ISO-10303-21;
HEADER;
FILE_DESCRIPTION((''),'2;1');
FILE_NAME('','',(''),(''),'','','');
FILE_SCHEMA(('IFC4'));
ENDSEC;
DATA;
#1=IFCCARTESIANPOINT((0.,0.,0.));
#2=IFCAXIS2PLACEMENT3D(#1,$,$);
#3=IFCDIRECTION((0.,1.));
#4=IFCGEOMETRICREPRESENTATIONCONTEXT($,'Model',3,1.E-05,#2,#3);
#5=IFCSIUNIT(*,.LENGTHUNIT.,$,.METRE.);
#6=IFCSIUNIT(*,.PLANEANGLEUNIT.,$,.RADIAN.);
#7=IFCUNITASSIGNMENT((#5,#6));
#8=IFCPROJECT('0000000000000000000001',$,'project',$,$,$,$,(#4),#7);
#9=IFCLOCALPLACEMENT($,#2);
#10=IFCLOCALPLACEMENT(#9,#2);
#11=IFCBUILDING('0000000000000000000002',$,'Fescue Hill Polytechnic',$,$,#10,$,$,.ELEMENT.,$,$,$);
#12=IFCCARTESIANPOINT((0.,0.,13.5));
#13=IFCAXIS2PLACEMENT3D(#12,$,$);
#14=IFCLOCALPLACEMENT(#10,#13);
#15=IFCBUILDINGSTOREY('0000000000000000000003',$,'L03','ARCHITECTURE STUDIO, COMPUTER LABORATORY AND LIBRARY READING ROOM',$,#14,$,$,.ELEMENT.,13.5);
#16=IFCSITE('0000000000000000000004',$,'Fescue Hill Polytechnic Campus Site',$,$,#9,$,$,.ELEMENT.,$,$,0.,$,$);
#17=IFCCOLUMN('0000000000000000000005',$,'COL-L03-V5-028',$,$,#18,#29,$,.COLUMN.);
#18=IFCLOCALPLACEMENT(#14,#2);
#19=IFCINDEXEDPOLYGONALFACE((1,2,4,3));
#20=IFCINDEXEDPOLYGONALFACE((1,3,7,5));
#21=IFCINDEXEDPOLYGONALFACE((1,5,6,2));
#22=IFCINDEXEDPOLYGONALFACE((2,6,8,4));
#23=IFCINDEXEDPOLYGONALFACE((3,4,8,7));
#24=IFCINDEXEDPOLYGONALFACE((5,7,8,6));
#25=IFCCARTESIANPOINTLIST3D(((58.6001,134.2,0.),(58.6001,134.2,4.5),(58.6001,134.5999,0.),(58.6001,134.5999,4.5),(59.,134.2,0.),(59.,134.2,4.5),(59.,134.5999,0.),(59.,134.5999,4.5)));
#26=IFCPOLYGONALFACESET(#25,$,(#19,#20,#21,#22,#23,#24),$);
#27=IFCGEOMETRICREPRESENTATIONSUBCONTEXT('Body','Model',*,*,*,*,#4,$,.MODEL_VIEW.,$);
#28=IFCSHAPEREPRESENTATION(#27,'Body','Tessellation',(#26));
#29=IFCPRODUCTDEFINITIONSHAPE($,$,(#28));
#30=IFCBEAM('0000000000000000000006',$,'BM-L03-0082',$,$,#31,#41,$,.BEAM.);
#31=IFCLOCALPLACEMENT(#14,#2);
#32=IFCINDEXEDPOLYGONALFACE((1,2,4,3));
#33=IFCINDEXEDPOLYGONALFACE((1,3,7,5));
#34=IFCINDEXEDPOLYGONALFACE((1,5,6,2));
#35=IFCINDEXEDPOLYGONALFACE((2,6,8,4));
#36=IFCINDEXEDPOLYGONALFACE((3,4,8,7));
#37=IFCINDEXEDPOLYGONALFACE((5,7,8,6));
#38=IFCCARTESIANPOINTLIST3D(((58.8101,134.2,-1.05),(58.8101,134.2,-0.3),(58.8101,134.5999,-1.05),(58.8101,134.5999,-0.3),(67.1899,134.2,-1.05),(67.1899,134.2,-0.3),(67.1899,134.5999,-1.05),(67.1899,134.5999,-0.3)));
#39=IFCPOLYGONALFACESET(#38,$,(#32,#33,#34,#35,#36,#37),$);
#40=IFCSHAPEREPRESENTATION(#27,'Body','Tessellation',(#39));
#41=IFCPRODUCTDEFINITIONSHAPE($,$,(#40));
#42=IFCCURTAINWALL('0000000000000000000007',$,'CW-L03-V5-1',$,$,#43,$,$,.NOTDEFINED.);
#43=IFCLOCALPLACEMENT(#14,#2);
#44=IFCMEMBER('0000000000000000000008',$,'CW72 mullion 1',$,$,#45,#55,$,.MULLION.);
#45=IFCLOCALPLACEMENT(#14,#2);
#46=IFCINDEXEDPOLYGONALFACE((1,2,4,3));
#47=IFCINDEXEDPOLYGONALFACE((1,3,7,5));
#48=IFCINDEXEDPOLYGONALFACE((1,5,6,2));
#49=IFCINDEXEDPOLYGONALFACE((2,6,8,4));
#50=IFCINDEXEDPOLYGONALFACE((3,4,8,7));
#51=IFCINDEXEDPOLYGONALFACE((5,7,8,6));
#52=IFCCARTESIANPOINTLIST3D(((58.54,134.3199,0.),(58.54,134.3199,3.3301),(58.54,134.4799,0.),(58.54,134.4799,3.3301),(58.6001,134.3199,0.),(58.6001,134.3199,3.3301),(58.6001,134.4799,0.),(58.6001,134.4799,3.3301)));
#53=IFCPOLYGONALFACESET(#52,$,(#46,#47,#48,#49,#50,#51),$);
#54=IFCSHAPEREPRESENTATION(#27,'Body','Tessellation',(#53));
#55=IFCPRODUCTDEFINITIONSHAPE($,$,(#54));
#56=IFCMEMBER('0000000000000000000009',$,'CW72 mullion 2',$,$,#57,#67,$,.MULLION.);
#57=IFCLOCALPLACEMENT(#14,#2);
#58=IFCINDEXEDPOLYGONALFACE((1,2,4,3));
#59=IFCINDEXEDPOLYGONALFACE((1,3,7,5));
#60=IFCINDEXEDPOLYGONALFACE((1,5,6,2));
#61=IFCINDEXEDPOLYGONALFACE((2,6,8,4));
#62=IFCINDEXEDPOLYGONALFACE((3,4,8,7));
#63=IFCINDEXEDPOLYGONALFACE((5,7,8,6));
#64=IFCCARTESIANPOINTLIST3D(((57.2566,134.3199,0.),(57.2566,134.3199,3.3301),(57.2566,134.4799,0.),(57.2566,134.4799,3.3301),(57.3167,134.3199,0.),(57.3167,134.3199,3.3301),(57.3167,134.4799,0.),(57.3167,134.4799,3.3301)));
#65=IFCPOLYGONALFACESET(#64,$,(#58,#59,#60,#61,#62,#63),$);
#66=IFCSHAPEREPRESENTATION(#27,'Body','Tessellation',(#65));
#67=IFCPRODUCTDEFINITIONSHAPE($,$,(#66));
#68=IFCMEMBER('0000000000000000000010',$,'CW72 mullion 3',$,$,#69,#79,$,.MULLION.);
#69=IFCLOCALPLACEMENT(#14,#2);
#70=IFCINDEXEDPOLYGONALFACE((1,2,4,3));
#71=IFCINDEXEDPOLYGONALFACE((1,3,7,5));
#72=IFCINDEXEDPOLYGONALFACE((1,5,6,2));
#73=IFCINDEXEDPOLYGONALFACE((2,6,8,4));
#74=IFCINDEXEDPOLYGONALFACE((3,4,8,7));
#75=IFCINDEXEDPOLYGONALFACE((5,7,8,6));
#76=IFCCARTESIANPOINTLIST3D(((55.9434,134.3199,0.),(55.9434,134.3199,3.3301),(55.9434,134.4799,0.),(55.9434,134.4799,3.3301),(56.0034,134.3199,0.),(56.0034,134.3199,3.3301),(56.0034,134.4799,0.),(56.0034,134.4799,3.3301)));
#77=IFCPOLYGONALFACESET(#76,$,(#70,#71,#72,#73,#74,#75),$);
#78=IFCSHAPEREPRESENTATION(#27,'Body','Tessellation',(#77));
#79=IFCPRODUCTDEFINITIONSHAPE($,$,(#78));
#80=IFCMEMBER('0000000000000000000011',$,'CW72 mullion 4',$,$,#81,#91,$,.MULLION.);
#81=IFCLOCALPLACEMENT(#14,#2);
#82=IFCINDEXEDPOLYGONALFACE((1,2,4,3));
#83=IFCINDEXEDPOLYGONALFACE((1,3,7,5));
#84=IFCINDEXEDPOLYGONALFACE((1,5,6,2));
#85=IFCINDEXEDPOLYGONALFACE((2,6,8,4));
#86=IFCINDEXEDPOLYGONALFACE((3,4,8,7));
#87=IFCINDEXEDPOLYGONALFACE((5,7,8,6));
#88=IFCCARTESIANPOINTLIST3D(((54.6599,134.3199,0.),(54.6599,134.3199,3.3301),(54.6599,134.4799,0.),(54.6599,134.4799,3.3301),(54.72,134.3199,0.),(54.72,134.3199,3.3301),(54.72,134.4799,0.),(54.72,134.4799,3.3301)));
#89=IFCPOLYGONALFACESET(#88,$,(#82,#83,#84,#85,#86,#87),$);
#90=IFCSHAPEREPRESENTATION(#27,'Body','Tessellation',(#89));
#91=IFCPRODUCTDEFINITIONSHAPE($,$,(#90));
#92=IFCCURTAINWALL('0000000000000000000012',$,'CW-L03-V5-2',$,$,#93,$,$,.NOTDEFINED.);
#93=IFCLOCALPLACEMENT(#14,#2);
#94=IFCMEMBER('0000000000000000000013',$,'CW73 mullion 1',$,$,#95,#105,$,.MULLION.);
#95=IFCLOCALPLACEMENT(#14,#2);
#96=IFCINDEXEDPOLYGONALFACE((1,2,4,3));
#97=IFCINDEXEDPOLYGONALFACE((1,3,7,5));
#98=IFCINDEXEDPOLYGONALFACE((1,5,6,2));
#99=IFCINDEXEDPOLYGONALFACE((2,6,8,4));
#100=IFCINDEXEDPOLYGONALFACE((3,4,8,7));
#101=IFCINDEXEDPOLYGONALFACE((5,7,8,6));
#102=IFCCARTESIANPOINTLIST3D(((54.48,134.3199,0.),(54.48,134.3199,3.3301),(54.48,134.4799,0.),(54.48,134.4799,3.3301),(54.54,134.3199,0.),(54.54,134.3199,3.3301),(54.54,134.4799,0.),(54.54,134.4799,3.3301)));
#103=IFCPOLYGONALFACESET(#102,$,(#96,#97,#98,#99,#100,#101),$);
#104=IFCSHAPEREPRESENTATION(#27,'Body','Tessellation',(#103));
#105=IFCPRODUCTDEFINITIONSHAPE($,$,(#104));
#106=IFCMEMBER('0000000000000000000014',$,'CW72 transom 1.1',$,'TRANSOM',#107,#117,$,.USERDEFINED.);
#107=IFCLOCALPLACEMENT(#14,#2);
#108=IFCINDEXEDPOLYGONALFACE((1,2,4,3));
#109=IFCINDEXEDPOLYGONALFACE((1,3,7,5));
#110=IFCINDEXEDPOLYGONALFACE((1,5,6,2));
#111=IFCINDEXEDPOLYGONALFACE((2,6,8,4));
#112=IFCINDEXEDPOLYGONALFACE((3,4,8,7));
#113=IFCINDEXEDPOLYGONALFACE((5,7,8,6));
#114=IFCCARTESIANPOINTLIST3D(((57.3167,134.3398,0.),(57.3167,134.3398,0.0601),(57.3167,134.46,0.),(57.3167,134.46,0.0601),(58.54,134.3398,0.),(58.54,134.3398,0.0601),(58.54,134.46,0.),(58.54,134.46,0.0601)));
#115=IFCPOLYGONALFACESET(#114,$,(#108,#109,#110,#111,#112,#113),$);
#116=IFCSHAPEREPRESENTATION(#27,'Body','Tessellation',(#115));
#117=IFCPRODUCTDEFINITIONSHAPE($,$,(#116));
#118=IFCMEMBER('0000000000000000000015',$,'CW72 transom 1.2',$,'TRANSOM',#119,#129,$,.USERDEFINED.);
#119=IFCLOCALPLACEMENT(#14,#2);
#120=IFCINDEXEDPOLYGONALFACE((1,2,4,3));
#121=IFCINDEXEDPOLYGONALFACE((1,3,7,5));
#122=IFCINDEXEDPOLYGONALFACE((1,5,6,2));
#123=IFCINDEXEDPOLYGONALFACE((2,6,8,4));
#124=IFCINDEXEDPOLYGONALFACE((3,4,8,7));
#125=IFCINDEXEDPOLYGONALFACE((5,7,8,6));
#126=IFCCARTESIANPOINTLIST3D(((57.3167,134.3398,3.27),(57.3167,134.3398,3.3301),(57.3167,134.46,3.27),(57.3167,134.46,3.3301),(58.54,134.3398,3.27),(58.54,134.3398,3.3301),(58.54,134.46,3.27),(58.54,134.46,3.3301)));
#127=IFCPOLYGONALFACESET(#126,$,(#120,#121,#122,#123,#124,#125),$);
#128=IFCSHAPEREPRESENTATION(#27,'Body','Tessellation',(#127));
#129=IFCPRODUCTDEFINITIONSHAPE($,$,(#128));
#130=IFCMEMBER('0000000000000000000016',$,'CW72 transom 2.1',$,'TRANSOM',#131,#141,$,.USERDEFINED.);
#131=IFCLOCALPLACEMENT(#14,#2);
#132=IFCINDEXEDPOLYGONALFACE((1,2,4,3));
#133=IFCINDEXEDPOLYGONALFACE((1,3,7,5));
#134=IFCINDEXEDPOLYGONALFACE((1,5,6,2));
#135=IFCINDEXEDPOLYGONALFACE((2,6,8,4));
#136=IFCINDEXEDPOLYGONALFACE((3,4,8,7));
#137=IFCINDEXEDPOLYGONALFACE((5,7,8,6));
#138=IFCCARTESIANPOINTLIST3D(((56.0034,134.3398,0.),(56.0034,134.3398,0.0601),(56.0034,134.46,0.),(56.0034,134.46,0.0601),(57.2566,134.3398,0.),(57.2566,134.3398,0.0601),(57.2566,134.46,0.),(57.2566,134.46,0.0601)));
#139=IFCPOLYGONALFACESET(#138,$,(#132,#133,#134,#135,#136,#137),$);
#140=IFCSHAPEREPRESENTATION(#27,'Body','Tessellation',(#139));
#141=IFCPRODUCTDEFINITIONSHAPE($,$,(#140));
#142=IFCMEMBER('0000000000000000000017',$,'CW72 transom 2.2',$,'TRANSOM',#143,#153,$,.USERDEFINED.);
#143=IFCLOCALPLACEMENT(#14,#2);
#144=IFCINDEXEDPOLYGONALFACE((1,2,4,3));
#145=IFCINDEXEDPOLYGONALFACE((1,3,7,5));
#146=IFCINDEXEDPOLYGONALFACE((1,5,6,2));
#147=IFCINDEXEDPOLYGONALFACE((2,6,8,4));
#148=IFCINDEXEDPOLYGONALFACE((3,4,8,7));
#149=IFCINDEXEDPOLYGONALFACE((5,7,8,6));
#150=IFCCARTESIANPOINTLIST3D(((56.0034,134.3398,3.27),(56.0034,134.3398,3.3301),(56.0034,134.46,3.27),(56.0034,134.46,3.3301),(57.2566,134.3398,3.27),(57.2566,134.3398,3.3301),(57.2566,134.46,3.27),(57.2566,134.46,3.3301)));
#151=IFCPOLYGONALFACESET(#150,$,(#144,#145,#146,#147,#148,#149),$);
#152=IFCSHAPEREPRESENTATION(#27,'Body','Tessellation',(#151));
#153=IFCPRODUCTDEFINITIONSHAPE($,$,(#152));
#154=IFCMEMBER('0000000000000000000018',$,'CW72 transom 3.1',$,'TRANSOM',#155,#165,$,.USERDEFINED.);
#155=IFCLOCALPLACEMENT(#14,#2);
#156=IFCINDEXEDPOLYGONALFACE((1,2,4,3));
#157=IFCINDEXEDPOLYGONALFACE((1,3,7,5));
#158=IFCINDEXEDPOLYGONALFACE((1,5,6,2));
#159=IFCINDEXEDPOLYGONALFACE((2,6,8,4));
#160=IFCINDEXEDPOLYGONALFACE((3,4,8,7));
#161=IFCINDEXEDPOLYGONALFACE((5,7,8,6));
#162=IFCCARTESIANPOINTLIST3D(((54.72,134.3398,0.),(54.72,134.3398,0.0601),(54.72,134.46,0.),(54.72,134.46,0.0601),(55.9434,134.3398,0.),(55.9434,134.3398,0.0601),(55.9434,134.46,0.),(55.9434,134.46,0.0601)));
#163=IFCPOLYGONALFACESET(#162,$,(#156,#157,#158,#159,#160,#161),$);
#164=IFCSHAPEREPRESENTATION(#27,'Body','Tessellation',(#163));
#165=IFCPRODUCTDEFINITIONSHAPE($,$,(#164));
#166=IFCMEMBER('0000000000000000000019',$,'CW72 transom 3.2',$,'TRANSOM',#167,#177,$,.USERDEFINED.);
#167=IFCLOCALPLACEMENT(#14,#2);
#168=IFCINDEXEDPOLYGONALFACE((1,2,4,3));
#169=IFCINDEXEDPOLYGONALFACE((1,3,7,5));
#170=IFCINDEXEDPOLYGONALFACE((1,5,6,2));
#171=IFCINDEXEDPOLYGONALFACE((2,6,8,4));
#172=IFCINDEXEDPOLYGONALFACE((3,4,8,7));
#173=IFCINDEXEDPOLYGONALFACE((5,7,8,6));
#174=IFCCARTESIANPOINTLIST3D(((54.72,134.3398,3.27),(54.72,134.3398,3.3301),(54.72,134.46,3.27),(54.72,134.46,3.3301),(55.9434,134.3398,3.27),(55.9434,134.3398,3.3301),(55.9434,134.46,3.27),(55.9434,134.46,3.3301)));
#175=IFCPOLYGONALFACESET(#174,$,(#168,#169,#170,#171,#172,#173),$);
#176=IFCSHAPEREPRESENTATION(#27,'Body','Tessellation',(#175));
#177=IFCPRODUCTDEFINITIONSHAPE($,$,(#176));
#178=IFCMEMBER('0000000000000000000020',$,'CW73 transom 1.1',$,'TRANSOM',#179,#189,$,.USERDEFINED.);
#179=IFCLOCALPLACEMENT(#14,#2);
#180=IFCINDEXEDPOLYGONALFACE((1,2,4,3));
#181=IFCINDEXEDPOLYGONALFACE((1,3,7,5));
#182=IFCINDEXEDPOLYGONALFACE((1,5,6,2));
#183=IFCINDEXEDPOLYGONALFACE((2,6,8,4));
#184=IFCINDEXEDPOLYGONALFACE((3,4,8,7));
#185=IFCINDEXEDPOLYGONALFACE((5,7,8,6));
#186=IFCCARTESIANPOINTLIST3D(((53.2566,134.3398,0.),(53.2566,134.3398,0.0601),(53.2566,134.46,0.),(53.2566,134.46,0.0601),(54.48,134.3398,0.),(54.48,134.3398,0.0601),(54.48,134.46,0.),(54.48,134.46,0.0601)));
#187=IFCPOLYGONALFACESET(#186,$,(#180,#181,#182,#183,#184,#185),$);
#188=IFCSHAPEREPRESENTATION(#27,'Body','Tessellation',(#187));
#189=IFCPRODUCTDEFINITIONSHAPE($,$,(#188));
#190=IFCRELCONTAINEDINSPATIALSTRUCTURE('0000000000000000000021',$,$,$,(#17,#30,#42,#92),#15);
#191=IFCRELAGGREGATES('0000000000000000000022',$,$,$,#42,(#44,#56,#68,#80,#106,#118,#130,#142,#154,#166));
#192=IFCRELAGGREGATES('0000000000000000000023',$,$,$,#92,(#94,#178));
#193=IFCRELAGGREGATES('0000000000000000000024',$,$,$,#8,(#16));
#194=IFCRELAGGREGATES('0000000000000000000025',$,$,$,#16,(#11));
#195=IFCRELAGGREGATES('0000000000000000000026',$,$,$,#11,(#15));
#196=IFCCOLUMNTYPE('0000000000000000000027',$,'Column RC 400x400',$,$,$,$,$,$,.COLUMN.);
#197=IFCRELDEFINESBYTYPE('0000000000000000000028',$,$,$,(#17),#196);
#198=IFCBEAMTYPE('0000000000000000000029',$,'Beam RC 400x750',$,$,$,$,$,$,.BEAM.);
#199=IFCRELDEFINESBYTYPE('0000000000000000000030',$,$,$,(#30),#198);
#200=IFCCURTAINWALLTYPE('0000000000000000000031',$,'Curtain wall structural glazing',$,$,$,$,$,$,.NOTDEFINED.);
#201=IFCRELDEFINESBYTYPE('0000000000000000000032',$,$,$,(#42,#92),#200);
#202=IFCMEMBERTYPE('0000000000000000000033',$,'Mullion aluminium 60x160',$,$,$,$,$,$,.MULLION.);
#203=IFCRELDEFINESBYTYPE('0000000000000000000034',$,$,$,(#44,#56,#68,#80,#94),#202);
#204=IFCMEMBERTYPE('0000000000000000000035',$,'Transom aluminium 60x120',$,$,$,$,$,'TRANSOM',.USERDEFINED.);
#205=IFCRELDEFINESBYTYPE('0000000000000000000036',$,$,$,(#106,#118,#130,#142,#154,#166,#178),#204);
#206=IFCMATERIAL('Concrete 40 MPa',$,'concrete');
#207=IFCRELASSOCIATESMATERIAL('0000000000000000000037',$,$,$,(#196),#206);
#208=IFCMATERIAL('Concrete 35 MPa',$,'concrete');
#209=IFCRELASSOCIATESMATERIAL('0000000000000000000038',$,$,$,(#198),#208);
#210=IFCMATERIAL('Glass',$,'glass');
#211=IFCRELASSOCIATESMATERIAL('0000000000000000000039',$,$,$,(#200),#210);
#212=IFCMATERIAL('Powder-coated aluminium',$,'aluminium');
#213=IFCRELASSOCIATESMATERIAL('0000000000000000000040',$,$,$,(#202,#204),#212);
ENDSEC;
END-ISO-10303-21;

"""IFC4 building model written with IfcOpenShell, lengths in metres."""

from ifc_helpers import new_model, si_unit, direction, frame, origin, origin_2d, place, context, subcontext, project, spatial, rectangle, extrude, material, material_profile, profile_set, type_object, element, aggregate, save


model = new_model("IFC4")

# Units and contexts
model_context = context("Model", 3, precision=1e-05, world=origin(), true_north=direction((0.0, 1.0)))
body_context = subcontext(model_context, "Body", "Model", "MODEL_VIEW")
ifc_project = project(units=[si_unit("LENGTHUNIT", "METRE"), si_unit("PLANEANGLEUNIT", "RADIAN")], contexts=[model_context])

# Site, building, storey
site_placement = place(None, origin())
site = spatial("IfcSite", under=ifc_project, at=site_placement, Name="Fescue Hill Polytechnic Campus Site", CompositionType="ELEMENT", RefElevation=0.0)
building_placement = place(site_placement, origin())
building = spatial("IfcBuilding", under=site, at=building_placement, Name="Fescue Hill Polytechnic", CompositionType="ELEMENT")
storey_placement = place(building_placement, frame((0.0, 0.0, 13.5)))
storey = spatial("IfcBuildingStorey", under=building, at=storey_placement, Name="L03", Description="ARCHITECTURE STUDIO, COMPUTER LABORATORY AND LIBRARY READING ROOM", CompositionType="ELEMENT", Elevation=13.5)

# Column
ifc_material_1 = material(Name="Concrete 40 MPa", Category="concrete")
ifc_material_profile_1 = material_profile(ifc_material_1, rectangle(XDim=0.3999, YDim=0.3999, at=origin_2d()), Name="RC 400x400")
ifc_profile_set_1 = profile_set([ifc_material_profile_1], Name="Concrete 40 MPa")
column_type = type_object("IfcColumnType", Name="Column RC 400x400", PredefinedType="COLUMN", material=ifc_profile_set_1)
column_placement = place(storey_placement, frame((58.8, 134.3999, 0.0), z_axis=(0.0, 0.0, 1.0), x_axis=(1.0, 0.0, 0.0)))
element("IfcColumn", 1, at=column_placement, inside=storey, type_object=column_type, Name="COL-L03-V5-028", PredefinedType="COLUMN", context=body_context, shape_type="SweptSolid", body=[
    extrude(rectangle(XDim=0.3999, YDim=0.3999, at=origin_2d()), origin(), (0.0, 0.0, 1.0), 4.5),
])

# Beam
ifc_material_2 = material(Name="Concrete 35 MPa", Category="concrete")
ifc_material_profile_2 = material_profile(ifc_material_2, rectangle(XDim=0.3999, YDim=0.75, at=origin_2d()), Name="RC 400x750")
ifc_profile_set_2 = profile_set([ifc_material_profile_2], Name="Concrete 35 MPa")
beam_type = type_object("IfcBeamType", Name="Beam RC 400x750", PredefinedType="BEAM", material=ifc_profile_set_2)
beam_placement = place(storey_placement, frame((58.8101, 134.3999, -0.675), z_axis=(1.0, 0.0, 0.0), x_axis=(0.0, 1.0, 0.0)))
element("IfcBeam", 2, at=beam_placement, inside=storey, type_object=beam_type, Name="BM-L03-0082", PredefinedType="BEAM", context=body_context, shape_type="SweptSolid", body=[
    extrude(rectangle(XDim=0.3999, YDim=0.75, at=origin_2d()), origin(), (0.0, 0.0, 1.0), 8.3799),
])

# Curtain wall, members
ifc_material_3 = material(Name="Glass", Category="glass")
curtain_wall_type = type_object("IfcCurtainWallType", Name="Curtain wall structural glazing", PredefinedType="NOTDEFINED", material=ifc_material_3)
curtain_wall_1_placement = place(storey_placement, origin())
curtain_wall_1 = element("IfcCurtainWall", 3, at=curtain_wall_1_placement, inside=storey, type_object=curtain_wall_type, Name="CW-L03-V5-1", PredefinedType="NOTDEFINED")
ifc_material_4 = material(Name="Powder-coated aluminium", Category="aluminium")
ifc_material_profile_3 = material_profile(ifc_material_4, rectangle(XDim=0.1599, YDim=0.0601, at=origin_2d()), Name="Mullion aluminium 60x160")
ifc_profile_set_3 = profile_set([ifc_material_profile_3], Name="Powder-coated aluminium")
member_type_1 = type_object("IfcMemberType", Name="Mullion aluminium 60x160", PredefinedType="MULLION", material=ifc_profile_set_3)
member_1_placement = place(storey_placement, frame((58.5701, 134.3999, 0.0), z_axis=(0.0, 0.0, 1.0), x_axis=(0.0, -1.0, 0.0)))
member_1 = element("IfcMember", 4, at=member_1_placement, type_object=member_type_1, Name="CW72 mullion 1", PredefinedType="MULLION", context=body_context, shape_type="SweptSolid", body=[
    extrude(rectangle(XDim=0.1599, YDim=0.0601, at=origin_2d()), origin(), (0.0, 0.0, 1.0), 3.3301),
])
member_2_placement = place(storey_placement, frame((57.2866, 134.3999, 0.0), z_axis=(0.0, 0.0, 1.0), x_axis=(0.0, -1.0, 0.0)))
member_2 = element("IfcMember", 5, at=member_2_placement, type_object=member_type_1, Name="CW72 mullion 2", PredefinedType="MULLION", context=body_context, shape_type="SweptSolid", body=[
    extrude(rectangle(XDim=0.1599, YDim=0.0601, at=origin_2d()), origin(), (0.0, 0.0, 1.0), 3.3301),
])
member_3_placement = place(storey_placement, frame((55.9734, 134.3999, 0.0), z_axis=(0.0, 0.0, 1.0), x_axis=(0.0, -1.0, 0.0)))
member_3 = element("IfcMember", 6, at=member_3_placement, type_object=member_type_1, Name="CW72 mullion 3", PredefinedType="MULLION", context=body_context, shape_type="SweptSolid", body=[
    extrude(rectangle(XDim=0.1599, YDim=0.0601, at=origin_2d()), origin(), (0.0, 0.0, 1.0), 3.3301),
])
member_4_placement = place(storey_placement, frame((54.6899, 134.3999, 0.0), z_axis=(0.0, 0.0, 1.0), x_axis=(0.0, -1.0, 0.0)))
member_4 = element("IfcMember", 7, at=member_4_placement, type_object=member_type_1, Name="CW72 mullion 4", PredefinedType="MULLION", context=body_context, shape_type="SweptSolid", body=[
    extrude(rectangle(XDim=0.1599, YDim=0.0601, at=origin_2d()), origin(), (0.0, 0.0, 1.0), 3.3301),
])

# Curtain wall, member
curtain_wall_2_placement = place(storey_placement, origin())
curtain_wall_2 = element("IfcCurtainWall", 8, at=curtain_wall_2_placement, inside=storey, type_object=curtain_wall_type, Name="CW-L03-V5-2", PredefinedType="NOTDEFINED")
member_5_placement = place(storey_placement, frame((54.51, 134.3999, 0.0), z_axis=(0.0, 0.0, 1.0), x_axis=(0.0, -1.0, 0.0)))
member_5 = element("IfcMember", 9, at=member_5_placement, type_object=member_type_1, Name="CW73 mullion 1", PredefinedType="MULLION", context=body_context, shape_type="SweptSolid", body=[
    extrude(rectangle(XDim=0.1599, YDim=0.0601, at=origin_2d()), origin(), (0.0, 0.0, 1.0), 3.3301),
])

# Members
ifc_material_profile_4 = material_profile(ifc_material_4, rectangle(XDim=0.1201, YDim=0.0601, at=origin_2d()), Name="Transom aluminium 60x120")
ifc_profile_set_4 = profile_set([ifc_material_profile_4], Name="Powder-coated aluminium")
member_type_2 = type_object("IfcMemberType", Name="Transom aluminium 60x120", ElementType="TRANSOM", PredefinedType="USERDEFINED", material=ifc_profile_set_4)
member_6_placement = place(storey_placement, frame((58.54, 134.3999, 0.03), z_axis=(-1.0, 0.0, 0.0), x_axis=(0.0, -1.0, 0.0)))
member_6 = element("IfcMember", 10, at=member_6_placement, type_object=member_type_2, Name="CW72 transom 1.1", ObjectType="TRANSOM", PredefinedType="USERDEFINED", context=body_context, shape_type="SweptSolid", body=[
    extrude(rectangle(XDim=0.1201, YDim=0.0601, at=origin_2d()), origin(), (0.0, 0.0, 1.0), 1.2234),
])
member_7_placement = place(storey_placement, frame((58.54, 134.3999, 3.3), z_axis=(-1.0, 0.0, 0.0), x_axis=(0.0, -1.0, 0.0)))
member_7 = element("IfcMember", 11, at=member_7_placement, type_object=member_type_2, Name="CW72 transom 1.2", ObjectType="TRANSOM", PredefinedType="USERDEFINED", context=body_context, shape_type="SweptSolid", body=[
    extrude(rectangle(XDim=0.1201, YDim=0.0601, at=origin_2d()), origin(), (0.0, 0.0, 1.0), 1.2234),
])
member_8_placement = place(storey_placement, frame((57.2566, 134.3999, 0.03), z_axis=(-1.0, 0.0, 0.0), x_axis=(0.0, -1.0, 0.0)))
member_8 = element("IfcMember", 12, at=member_8_placement, type_object=member_type_2, Name="CW72 transom 2.1", ObjectType="TRANSOM", PredefinedType="USERDEFINED", context=body_context, shape_type="SweptSolid", body=[
    extrude(rectangle(XDim=0.1201, YDim=0.0601, at=origin_2d()), origin(), (0.0, 0.0, 1.0), 1.2532),
])
member_9_placement = place(storey_placement, frame((57.2566, 134.3999, 3.3), z_axis=(-1.0, 0.0, 0.0), x_axis=(0.0, -1.0, 0.0)))
member_9 = element("IfcMember", 13, at=member_9_placement, type_object=member_type_2, Name="CW72 transom 2.2", ObjectType="TRANSOM", PredefinedType="USERDEFINED", context=body_context, shape_type="SweptSolid", body=[
    extrude(rectangle(XDim=0.1201, YDim=0.0601, at=origin_2d()), origin(), (0.0, 0.0, 1.0), 1.2532),
])
member_10_placement = place(storey_placement, frame((55.9434, 134.3999, 0.03), z_axis=(-1.0, 0.0, 0.0), x_axis=(0.0, -1.0, 0.0)))
member_10 = element("IfcMember", 14, at=member_10_placement, type_object=member_type_2, Name="CW72 transom 3.1", ObjectType="TRANSOM", PredefinedType="USERDEFINED", context=body_context, shape_type="SweptSolid", body=[
    extrude(rectangle(XDim=0.1201, YDim=0.0601, at=origin_2d()), origin(), (0.0, 0.0, 1.0), 1.2234),
])
member_11_placement = place(storey_placement, frame((55.9434, 134.3999, 3.3), z_axis=(-1.0, 0.0, 0.0), x_axis=(0.0, -1.0, 0.0)))
member_11 = element("IfcMember", 15, at=member_11_placement, type_object=member_type_2, Name="CW72 transom 3.2", ObjectType="TRANSOM", PredefinedType="USERDEFINED", context=body_context, shape_type="SweptSolid", body=[
    extrude(rectangle(XDim=0.1201, YDim=0.0601, at=origin_2d()), origin(), (0.0, 0.0, 1.0), 1.2234),
])
member_12_placement = place(storey_placement, frame((54.48, 134.3999, 0.03), z_axis=(-1.0, 0.0, 0.0), x_axis=(0.0, -1.0, 0.0)))
member_12 = element("IfcMember", 16, at=member_12_placement, type_object=member_type_2, Name="CW73 transom 1.1", ObjectType="TRANSOM", PredefinedType="USERDEFINED", context=body_context, shape_type="SweptSolid", body=[
    extrude(rectangle(XDim=0.1201, YDim=0.0601, at=origin_2d()), origin(), (0.0, 0.0, 1.0), 1.2234),
])

aggregate(curtain_wall_1, [member_1, member_2, member_3, member_4, member_6, member_7, member_8, member_9, member_10, member_11])
aggregate(curtain_wall_2, [member_5, member_12])

save(model, "model.ifc")
